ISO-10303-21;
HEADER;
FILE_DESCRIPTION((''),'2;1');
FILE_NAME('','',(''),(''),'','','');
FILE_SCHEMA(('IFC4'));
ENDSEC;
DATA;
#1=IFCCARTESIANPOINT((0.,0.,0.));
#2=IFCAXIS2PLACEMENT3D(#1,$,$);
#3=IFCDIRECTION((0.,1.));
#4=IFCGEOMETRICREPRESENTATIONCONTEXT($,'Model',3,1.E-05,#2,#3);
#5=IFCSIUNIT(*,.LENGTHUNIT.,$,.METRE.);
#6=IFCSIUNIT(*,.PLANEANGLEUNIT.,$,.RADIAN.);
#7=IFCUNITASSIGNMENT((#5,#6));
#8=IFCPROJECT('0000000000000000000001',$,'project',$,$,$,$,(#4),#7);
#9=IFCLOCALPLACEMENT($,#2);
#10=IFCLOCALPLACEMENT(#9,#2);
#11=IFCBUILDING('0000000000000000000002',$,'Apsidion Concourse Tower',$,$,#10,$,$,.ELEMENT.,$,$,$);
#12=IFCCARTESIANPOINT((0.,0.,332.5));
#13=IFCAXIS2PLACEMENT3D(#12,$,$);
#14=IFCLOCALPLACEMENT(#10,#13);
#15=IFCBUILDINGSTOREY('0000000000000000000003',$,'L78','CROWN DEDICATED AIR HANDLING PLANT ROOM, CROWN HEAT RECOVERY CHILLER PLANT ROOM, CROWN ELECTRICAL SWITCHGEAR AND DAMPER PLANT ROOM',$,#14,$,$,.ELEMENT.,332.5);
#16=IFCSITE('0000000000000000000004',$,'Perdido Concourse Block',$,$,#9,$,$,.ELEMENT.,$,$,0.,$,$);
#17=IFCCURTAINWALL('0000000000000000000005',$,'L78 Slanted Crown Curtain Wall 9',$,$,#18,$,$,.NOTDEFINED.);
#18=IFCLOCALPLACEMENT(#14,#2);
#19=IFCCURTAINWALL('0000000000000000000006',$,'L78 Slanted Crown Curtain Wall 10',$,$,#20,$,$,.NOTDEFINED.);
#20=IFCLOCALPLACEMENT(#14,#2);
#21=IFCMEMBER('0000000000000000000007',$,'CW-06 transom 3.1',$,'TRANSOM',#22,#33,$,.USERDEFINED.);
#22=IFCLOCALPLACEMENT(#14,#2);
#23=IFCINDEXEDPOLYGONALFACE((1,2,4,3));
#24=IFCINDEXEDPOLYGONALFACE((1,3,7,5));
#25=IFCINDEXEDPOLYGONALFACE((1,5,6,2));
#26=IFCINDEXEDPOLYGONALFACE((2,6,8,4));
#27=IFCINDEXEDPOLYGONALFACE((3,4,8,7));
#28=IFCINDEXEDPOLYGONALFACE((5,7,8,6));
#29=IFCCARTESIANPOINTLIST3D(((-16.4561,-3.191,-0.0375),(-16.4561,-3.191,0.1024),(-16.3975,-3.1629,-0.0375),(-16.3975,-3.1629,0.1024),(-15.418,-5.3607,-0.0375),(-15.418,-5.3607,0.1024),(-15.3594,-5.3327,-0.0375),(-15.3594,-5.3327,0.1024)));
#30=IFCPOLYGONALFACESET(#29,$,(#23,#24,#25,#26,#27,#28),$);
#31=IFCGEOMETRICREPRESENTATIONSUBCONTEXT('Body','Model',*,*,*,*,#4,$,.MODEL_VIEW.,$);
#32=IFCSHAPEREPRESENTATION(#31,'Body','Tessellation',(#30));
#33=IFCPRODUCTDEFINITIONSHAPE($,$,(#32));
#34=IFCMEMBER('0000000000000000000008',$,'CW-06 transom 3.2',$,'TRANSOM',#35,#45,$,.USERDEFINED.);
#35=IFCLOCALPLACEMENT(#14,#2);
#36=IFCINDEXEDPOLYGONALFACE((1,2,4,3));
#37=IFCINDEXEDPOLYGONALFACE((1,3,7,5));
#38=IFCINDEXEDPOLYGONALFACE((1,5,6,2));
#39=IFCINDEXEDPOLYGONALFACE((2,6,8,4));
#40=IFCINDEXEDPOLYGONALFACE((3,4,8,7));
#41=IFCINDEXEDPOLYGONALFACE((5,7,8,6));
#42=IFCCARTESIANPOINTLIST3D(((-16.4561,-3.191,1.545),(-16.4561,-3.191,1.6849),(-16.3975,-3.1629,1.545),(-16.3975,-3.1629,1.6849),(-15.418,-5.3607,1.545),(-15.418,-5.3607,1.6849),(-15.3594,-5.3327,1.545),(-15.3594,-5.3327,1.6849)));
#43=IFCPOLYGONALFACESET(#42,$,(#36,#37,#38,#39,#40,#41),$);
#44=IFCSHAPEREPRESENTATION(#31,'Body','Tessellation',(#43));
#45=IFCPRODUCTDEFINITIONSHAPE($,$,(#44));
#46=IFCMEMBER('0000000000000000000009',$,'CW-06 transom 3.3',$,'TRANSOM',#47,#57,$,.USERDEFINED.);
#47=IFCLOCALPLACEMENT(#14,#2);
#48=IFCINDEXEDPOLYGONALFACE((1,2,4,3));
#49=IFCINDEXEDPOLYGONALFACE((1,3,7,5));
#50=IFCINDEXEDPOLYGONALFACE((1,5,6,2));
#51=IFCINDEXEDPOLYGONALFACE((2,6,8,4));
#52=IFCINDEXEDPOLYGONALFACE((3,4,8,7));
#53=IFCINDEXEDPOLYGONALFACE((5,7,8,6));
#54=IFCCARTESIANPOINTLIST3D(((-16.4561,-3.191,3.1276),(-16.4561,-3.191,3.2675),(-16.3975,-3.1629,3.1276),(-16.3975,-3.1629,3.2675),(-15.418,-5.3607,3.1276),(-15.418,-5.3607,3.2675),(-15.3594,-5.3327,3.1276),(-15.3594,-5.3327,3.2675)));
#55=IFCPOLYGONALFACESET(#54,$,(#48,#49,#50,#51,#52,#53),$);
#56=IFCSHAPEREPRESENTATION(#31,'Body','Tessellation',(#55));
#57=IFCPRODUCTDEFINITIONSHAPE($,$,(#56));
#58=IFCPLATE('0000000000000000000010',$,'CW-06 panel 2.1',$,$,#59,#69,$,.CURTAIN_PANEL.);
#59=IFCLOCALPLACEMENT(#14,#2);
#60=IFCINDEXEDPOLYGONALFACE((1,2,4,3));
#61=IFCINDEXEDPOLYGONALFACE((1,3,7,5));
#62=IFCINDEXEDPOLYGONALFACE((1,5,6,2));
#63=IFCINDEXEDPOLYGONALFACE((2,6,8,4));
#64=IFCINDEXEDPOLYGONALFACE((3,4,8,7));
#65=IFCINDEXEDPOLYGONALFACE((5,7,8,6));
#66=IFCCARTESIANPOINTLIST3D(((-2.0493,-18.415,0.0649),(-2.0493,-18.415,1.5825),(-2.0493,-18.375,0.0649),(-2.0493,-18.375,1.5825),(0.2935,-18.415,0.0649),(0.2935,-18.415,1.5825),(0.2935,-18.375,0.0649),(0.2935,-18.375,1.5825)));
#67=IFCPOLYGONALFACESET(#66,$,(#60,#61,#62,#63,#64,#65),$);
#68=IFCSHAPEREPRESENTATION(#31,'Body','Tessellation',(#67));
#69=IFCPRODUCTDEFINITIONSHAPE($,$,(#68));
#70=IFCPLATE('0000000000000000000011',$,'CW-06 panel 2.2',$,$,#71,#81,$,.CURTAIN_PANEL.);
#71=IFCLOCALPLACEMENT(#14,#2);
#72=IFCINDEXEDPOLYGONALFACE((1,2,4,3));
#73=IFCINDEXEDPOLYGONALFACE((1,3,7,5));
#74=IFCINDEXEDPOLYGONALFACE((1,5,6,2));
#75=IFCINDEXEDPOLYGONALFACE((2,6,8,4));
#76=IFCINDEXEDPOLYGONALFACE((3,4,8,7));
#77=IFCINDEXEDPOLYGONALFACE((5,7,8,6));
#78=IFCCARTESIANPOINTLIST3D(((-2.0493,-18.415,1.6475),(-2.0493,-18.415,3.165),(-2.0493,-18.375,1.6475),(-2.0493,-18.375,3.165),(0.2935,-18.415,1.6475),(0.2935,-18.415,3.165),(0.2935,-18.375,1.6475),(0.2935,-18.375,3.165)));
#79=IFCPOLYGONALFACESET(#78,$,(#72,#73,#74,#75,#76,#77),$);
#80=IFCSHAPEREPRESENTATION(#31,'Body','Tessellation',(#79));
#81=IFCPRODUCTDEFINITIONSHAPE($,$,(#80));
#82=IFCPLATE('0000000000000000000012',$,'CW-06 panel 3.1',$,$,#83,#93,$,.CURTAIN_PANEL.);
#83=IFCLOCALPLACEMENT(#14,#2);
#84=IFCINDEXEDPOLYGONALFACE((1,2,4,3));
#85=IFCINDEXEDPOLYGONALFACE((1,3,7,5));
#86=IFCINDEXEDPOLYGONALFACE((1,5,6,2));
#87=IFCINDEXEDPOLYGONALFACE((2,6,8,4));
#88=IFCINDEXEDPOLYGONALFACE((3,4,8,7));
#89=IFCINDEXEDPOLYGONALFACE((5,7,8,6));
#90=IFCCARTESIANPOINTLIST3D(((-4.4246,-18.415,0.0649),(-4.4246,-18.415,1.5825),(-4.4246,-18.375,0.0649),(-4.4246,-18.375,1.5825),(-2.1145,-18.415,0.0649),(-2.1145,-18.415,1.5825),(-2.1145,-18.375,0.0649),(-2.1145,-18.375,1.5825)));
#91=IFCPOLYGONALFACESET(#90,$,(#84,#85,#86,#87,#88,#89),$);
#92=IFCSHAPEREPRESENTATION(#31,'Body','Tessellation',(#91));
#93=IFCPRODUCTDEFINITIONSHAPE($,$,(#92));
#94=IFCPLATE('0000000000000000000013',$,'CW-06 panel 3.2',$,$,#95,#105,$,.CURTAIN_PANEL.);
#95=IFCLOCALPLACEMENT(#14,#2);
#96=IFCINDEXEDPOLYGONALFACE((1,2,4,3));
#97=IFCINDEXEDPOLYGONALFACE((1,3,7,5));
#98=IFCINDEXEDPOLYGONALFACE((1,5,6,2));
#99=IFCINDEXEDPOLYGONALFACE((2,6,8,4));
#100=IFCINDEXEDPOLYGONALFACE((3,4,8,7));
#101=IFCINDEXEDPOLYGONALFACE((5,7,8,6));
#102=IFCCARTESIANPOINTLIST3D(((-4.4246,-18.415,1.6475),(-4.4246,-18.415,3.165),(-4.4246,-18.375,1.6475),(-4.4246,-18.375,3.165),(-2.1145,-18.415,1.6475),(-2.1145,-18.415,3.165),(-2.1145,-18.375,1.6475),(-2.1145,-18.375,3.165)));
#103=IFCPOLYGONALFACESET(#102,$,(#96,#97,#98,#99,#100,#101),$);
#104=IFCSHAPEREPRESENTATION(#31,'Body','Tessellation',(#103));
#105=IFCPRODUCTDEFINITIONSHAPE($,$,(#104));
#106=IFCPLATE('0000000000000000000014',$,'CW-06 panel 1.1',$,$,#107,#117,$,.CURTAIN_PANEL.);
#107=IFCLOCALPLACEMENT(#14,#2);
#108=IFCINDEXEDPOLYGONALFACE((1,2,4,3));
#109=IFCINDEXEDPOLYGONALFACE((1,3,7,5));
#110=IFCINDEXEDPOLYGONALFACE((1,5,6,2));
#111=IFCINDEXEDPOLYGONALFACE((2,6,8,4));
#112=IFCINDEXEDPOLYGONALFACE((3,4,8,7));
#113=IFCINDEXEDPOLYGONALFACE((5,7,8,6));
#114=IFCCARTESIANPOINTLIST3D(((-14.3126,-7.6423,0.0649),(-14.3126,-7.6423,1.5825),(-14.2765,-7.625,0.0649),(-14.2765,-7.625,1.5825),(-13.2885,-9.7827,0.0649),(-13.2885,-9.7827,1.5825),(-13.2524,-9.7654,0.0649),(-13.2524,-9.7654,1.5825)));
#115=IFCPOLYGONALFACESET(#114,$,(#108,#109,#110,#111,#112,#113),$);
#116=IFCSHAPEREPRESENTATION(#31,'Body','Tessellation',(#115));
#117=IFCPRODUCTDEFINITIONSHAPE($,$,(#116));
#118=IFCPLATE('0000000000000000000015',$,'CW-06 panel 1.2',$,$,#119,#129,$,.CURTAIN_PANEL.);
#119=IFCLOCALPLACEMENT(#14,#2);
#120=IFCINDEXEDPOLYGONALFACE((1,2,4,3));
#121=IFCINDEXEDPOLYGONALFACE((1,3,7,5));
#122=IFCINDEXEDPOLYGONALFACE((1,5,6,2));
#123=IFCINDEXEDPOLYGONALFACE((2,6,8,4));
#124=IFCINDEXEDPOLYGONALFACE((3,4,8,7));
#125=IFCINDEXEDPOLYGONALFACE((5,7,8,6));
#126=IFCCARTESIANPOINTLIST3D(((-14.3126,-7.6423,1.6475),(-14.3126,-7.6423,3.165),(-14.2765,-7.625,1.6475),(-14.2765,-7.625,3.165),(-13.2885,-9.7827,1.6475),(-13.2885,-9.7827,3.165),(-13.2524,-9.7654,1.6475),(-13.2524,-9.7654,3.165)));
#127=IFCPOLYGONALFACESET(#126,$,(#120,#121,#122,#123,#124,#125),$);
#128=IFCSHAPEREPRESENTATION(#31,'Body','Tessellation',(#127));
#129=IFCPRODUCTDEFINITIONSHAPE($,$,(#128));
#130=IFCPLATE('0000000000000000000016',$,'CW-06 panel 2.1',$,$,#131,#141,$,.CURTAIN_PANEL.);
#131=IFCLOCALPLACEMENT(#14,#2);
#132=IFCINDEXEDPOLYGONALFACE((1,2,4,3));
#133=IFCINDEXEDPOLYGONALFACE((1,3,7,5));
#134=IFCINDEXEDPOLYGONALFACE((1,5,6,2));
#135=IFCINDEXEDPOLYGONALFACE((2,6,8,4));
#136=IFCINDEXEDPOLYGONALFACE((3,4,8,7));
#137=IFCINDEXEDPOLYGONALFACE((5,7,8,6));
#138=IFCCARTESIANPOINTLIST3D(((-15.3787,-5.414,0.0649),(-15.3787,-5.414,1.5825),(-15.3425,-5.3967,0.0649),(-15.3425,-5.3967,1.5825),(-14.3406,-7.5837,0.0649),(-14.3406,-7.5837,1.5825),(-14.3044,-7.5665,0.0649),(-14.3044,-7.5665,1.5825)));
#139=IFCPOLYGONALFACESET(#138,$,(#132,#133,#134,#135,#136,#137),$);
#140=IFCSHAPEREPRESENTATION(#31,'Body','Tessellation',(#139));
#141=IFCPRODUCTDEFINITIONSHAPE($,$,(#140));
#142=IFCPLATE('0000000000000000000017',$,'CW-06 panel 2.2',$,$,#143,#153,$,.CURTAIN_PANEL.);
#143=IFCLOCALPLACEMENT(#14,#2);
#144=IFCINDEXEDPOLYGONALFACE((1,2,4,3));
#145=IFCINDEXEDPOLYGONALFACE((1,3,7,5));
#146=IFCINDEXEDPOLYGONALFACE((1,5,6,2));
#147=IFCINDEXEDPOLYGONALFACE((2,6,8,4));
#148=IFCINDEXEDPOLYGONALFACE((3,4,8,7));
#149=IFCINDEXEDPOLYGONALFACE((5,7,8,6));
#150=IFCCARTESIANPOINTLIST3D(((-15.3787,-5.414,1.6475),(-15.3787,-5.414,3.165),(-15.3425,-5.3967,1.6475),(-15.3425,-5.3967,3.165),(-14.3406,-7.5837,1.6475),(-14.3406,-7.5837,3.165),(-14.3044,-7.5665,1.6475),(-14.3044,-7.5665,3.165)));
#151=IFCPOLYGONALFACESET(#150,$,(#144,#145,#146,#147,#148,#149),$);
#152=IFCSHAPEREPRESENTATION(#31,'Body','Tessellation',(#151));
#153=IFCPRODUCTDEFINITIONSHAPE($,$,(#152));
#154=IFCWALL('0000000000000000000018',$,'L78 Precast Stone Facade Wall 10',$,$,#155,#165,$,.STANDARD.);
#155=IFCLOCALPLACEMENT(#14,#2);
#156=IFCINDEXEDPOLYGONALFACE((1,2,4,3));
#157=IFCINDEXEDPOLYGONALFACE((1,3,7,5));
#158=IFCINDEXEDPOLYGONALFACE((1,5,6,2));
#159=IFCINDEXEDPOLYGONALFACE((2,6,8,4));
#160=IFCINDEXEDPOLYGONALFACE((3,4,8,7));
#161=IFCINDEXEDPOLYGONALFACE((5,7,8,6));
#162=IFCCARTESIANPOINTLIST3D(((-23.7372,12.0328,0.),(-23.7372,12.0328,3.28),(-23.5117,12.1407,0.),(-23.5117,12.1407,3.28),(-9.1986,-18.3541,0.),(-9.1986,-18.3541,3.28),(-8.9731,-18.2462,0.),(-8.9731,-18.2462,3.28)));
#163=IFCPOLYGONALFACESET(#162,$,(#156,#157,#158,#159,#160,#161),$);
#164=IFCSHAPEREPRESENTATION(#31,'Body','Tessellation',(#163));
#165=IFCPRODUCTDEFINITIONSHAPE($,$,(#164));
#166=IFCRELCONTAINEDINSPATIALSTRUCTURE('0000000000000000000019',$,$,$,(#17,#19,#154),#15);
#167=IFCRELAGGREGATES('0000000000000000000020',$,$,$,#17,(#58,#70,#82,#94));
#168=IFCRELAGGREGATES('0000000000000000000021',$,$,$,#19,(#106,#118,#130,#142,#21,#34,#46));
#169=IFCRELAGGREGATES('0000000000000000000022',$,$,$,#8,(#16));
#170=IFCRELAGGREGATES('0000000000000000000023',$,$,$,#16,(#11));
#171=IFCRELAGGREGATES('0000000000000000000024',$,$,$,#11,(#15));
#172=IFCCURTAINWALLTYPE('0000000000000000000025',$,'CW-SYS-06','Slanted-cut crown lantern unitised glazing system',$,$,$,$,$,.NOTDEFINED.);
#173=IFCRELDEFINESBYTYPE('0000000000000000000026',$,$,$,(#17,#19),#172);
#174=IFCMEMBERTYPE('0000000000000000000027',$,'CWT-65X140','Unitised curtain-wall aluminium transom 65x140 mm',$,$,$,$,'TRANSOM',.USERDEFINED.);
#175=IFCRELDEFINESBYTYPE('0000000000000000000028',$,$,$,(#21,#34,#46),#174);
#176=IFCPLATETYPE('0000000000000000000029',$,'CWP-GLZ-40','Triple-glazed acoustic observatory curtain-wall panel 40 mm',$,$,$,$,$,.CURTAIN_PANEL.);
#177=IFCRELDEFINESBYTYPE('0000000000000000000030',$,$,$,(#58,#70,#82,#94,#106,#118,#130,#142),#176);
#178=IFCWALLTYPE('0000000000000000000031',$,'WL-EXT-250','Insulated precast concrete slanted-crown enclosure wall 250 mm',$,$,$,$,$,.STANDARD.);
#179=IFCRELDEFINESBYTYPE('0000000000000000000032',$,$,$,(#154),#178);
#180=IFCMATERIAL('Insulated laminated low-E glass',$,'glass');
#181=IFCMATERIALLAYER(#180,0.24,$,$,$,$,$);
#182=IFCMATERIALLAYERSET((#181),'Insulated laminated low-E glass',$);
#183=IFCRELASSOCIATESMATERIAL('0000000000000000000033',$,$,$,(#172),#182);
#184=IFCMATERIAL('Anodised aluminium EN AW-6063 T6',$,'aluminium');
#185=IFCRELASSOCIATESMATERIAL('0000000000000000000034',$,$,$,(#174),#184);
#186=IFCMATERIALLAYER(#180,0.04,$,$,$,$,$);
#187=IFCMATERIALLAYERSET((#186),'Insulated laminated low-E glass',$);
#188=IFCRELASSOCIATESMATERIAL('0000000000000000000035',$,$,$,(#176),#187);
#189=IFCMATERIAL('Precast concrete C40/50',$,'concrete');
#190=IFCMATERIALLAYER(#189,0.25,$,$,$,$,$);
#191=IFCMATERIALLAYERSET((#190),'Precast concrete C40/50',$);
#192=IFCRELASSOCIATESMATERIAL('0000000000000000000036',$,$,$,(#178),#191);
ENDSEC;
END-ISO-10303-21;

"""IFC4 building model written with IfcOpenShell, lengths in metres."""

from ifc_helpers import new_model, si_unit, direction, frame, frame_2d, origin, origin_2d, place, context, subcontext, project, spatial, rectangle, extrude, material, layer, layer_set, material_profile, profile_set, type_object, element, aggregate, save


model = new_model("IFC4")

# Units and contexts
model_context = context("Model", 3, precision=1e-05, world=origin(), true_north=direction((0.0, 1.0)))
body_context = subcontext(model_context, "Body", "Model", "MODEL_VIEW")
ifc_project = project(units=[si_unit("LENGTHUNIT", "METRE"), si_unit("PLANEANGLEUNIT", "RADIAN")], contexts=[model_context])

# Site, building, storey
site_placement = place(None, origin())
site = spatial("IfcSite", under=ifc_project, at=site_placement, Name="Perdido Concourse Block", CompositionType="ELEMENT", RefElevation=0.0)
building_placement = place(site_placement, origin())
building = spatial("IfcBuilding", under=site, at=building_placement, Name="Apsidion Concourse Tower", CompositionType="ELEMENT")
storey_placement = place(building_placement, frame((0.0, 0.0, 332.5)))
storey = spatial("IfcBuildingStorey", under=building, at=storey_placement, Name="L78", Description="CROWN DEDICATED AIR HANDLING PLANT ROOM, CROWN HEAT RECOVERY CHILLER PLANT ROOM, CROWN ELECTRICAL SWITCHGEAR AND DAMPER PLANT ROOM", CompositionType="ELEMENT", Elevation=332.5)

# Curtain walls
ifc_material_1 = material(Name="Insulated laminated low-E glass", Category="glass")
ifc_layer_1 = layer(ifc_material_1, 0.24)
ifc_layer_set_1 = layer_set([ifc_layer_1], Name="Insulated laminated low-E glass")
curtain_wall_type = type_object("IfcCurtainWallType", Name="CW-SYS-06", Description="Slanted-cut crown lantern unitised glazing system", PredefinedType="NOTDEFINED", material=ifc_layer_set_1)
curtain_wall_1_placement = place(storey_placement, origin())
curtain_wall_1 = element("IfcCurtainWall", 1, at=curtain_wall_1_placement, inside=storey, type_object=curtain_wall_type, Name="L78 Slanted Crown Curtain Wall 9", PredefinedType="NOTDEFINED")
ifc_material_2 = material(Name="Anodised aluminium EN AW-6063 T6", Category="aluminium")
curtain_wall_2_placement = place(storey_placement, origin())
curtain_wall_2 = element("IfcCurtainWall", 2, at=curtain_wall_2_placement, inside=storey, type_object=curtain_wall_type, Name="L78 Slanted Crown Curtain Wall 10", PredefinedType="NOTDEFINED")

# Members
ifc_material_profile_1 = material_profile(ifc_material_2, rectangle(XDim=0.0649, YDim=0.1399, at=origin_2d()), Name="ALU TRANSOM 65x140")
ifc_profile_set_1 = profile_set([ifc_material_profile_1], Name="Anodised aluminium EN AW-6063 T6")
member_type_1 = type_object("IfcMemberType", Name="CWT-65X140", Description="Unitised curtain-wall aluminium transom 65x140 mm", ElementType="TRANSOM", PredefinedType="USERDEFINED", material=ifc_profile_set_1)
member_1_placement = place(storey_placement, frame((-15.3887, -5.3467, 0.0325), z_axis=(-0.431596, 0.902067, 0.0), x_axis=(-0.902067, -0.431596, 0.0)))
member_1 = element("IfcMember", 3, at=member_1_placement, type_object=member_type_1, Name="CW-06 transom 3.1", ObjectType="TRANSOM", PredefinedType="USERDEFINED", context=body_context, shape_type="SweptSolid", body=[
    extrude(rectangle(XDim=0.0649, YDim=0.1399, at=origin_2d()), origin(), (0.0, 0.0, 1.0), 2.4053),
])
member_2_placement = place(storey_placement, frame((-15.3887, -5.3467, 1.615), z_axis=(-0.431596, 0.902067, 0.0), x_axis=(-0.902067, -0.431596, 0.0)))
member_2 = element("IfcMember", 4, at=member_2_placement, type_object=member_type_1, Name="CW-06 transom 3.2", ObjectType="TRANSOM", PredefinedType="USERDEFINED", context=body_context, shape_type="SweptSolid", body=[
    extrude(rectangle(XDim=0.0649, YDim=0.1399, at=origin_2d()), origin(), (0.0, 0.0, 1.0), 2.4053),
])
member_3_placement = place(storey_placement, frame((-15.3887, -5.3467, 3.1975), z_axis=(-0.431596, 0.902067, 0.0), x_axis=(-0.902067, -0.431596, 0.0)))
member_3 = element("IfcMember", 5, at=member_3_placement, type_object=member_type_1, Name="CW-06 transom 3.3", ObjectType="TRANSOM", PredefinedType="USERDEFINED", context=body_context, shape_type="SweptSolid", body=[
    extrude(rectangle(XDim=0.0649, YDim=0.1399, at=origin_2d()), origin(), (0.0, 0.0, 1.0), 2.4053),
])

# Plates
ifc_layer_2 = layer(ifc_material_1, 0.04)
ifc_layer_set_2 = layer_set([ifc_layer_2], Name="Insulated laminated low-E glass")
plate_type = type_object("IfcPlateType", Name="CWP-GLZ-40", Description="Triple-glazed acoustic observatory curtain-wall panel 40 mm", PredefinedType="CURTAIN_PANEL", material=ifc_layer_set_2)
plate_1_placement = place(storey_placement, frame((-0.8779, -18.395, 0.0649), z_axis=(0.0, 0.0, 1.0), x_axis=(-1.0, 0.0, 0.0)))
plate_1 = element("IfcPlate", 6, at=plate_1_placement, type_object=plate_type, Name="CW-06 panel 2.1", PredefinedType="CURTAIN_PANEL", context=body_context, shape_type="SweptSolid", body=[
    extrude(rectangle(XDim=2.3428, YDim=0.04, at=origin_2d()), origin(), (0.0, 0.0, 1.0), 1.5176),
])
plate_2_placement = place(storey_placement, frame((-0.8779, -18.395, 1.6475), z_axis=(0.0, 0.0, 1.0), x_axis=(-1.0, 0.0, 0.0)))
plate_2 = element("IfcPlate", 7, at=plate_2_placement, type_object=plate_type, Name="CW-06 panel 2.2", PredefinedType="CURTAIN_PANEL", context=body_context, shape_type="SweptSolid", body=[
    extrude(rectangle(XDim=2.3428, YDim=0.04, at=origin_2d()), origin(), (0.0, 0.0, 1.0), 1.5176),
])
plate_3_placement = place(storey_placement, frame((-3.2695, -18.395, 0.0649), z_axis=(0.0, 0.0, 1.0), x_axis=(-1.0, 0.0, 0.0)))
plate_3 = element("IfcPlate", 8, at=plate_3_placement, type_object=plate_type, Name="CW-06 panel 3.1", PredefinedType="CURTAIN_PANEL", context=body_context, shape_type="SweptSolid", body=[
    extrude(rectangle(XDim=2.3101, YDim=0.04, at=origin_2d()), origin(), (0.0, 0.0, 1.0), 1.5176),
])
plate_4_placement = place(storey_placement, frame((-3.2695, -18.395, 1.6475), z_axis=(0.0, 0.0, 1.0), x_axis=(-1.0, 0.0, 0.0)))
plate_4 = element("IfcPlate", 9, at=plate_4_placement, type_object=plate_type, Name="CW-06 panel 3.2", PredefinedType="CURTAIN_PANEL", context=body_context, shape_type="SweptSolid", body=[
    extrude(rectangle(XDim=2.3101, YDim=0.04, at=origin_2d()), origin(), (0.0, 0.0, 1.0), 1.5176),
])
aggregate(curtain_wall_1, [plate_1, plate_2, plate_3, plate_4])
plate_5_placement = place(storey_placement, frame((-13.7825, -8.7039, 0.0649), z_axis=(0.0, 0.0, 1.0), x_axis=(-0.431596, 0.902067, 0.0)))
plate_5 = element("IfcPlate", 10, at=plate_5_placement, type_object=plate_type, Name="CW-06 panel 1.1", PredefinedType="CURTAIN_PANEL", context=body_context, shape_type="SweptSolid", body=[
    extrude(rectangle(XDim=2.3728, YDim=0.04, at=origin_2d()), origin(), (0.0, 0.0, 1.0), 1.5176),
])
plate_6_placement = place(storey_placement, frame((-13.7825, -8.7039, 1.6475), z_axis=(0.0, 0.0, 1.0), x_axis=(-0.431596, 0.902067, 0.0)))
plate_6 = element("IfcPlate", 11, at=plate_6_placement, type_object=plate_type, Name="CW-06 panel 1.2", PredefinedType="CURTAIN_PANEL", context=body_context, shape_type="SweptSolid", body=[
    extrude(rectangle(XDim=2.3728, YDim=0.04, at=origin_2d()), origin(), (0.0, 0.0, 1.0), 1.5176),
])
plate_7_placement = place(storey_placement, frame((-14.8416, -6.4902, 0.0649), z_axis=(0.0, 0.0, 1.0), x_axis=(-0.431596, 0.902067, 0.0)))
plate_7 = element("IfcPlate", 12, at=plate_7_placement, type_object=plate_type, Name="CW-06 panel 2.1", PredefinedType="CURTAIN_PANEL", context=body_context, shape_type="SweptSolid", body=[
    extrude(rectangle(XDim=2.4053, YDim=0.04, at=origin_2d()), origin(), (0.0, 0.0, 1.0), 1.5176),
])
plate_8_placement = place(storey_placement, frame((-14.8416, -6.4902, 1.6475), z_axis=(0.0, 0.0, 1.0), x_axis=(-0.431596, 0.902067, 0.0)))
plate_8 = element("IfcPlate", 13, at=plate_8_placement, type_object=plate_type, Name="CW-06 panel 2.2", PredefinedType="CURTAIN_PANEL", context=body_context, shape_type="SweptSolid", body=[
    extrude(rectangle(XDim=2.4053, YDim=0.04, at=origin_2d()), origin(), (0.0, 0.0, 1.0), 1.5176),
])
aggregate(curtain_wall_2, [plate_5, plate_6, plate_7, plate_8, member_1, member_2, member_3])

# Wall
ifc_material_3 = material(Name="Precast concrete C40/50", Category="concrete")
ifc_layer_3 = layer(ifc_material_3, 0.25)
ifc_layer_set_3 = layer_set([ifc_layer_3], Name="Precast concrete C40/50")
wall_type = type_object("IfcWallType", Name="WL-EXT-250", Description="Insulated precast concrete slanted-crown enclosure wall 250 mm", PredefinedType="STANDARD", material=ifc_layer_set_3)
wall_placement = place(storey_placement, frame((-9.0859, -18.3, 0.0), z_axis=(0.0, 0.0, 1.0), x_axis=(-0.431593, 0.902069, 0.0)))
element("IfcWall", 14, at=wall_placement, inside=storey, type_object=wall_type, Name="L78 Precast Stone Facade Wall 10", PredefinedType="STANDARD", context=body_context, shape_type="SweptSolid", body=[
    extrude(rectangle(XDim=33.6858, YDim=0.25, at=frame_2d((16.8428, 0.0))), origin(), (0.0, 0.0, 1.0), 3.28),
])

save(model, "model.ifc")
